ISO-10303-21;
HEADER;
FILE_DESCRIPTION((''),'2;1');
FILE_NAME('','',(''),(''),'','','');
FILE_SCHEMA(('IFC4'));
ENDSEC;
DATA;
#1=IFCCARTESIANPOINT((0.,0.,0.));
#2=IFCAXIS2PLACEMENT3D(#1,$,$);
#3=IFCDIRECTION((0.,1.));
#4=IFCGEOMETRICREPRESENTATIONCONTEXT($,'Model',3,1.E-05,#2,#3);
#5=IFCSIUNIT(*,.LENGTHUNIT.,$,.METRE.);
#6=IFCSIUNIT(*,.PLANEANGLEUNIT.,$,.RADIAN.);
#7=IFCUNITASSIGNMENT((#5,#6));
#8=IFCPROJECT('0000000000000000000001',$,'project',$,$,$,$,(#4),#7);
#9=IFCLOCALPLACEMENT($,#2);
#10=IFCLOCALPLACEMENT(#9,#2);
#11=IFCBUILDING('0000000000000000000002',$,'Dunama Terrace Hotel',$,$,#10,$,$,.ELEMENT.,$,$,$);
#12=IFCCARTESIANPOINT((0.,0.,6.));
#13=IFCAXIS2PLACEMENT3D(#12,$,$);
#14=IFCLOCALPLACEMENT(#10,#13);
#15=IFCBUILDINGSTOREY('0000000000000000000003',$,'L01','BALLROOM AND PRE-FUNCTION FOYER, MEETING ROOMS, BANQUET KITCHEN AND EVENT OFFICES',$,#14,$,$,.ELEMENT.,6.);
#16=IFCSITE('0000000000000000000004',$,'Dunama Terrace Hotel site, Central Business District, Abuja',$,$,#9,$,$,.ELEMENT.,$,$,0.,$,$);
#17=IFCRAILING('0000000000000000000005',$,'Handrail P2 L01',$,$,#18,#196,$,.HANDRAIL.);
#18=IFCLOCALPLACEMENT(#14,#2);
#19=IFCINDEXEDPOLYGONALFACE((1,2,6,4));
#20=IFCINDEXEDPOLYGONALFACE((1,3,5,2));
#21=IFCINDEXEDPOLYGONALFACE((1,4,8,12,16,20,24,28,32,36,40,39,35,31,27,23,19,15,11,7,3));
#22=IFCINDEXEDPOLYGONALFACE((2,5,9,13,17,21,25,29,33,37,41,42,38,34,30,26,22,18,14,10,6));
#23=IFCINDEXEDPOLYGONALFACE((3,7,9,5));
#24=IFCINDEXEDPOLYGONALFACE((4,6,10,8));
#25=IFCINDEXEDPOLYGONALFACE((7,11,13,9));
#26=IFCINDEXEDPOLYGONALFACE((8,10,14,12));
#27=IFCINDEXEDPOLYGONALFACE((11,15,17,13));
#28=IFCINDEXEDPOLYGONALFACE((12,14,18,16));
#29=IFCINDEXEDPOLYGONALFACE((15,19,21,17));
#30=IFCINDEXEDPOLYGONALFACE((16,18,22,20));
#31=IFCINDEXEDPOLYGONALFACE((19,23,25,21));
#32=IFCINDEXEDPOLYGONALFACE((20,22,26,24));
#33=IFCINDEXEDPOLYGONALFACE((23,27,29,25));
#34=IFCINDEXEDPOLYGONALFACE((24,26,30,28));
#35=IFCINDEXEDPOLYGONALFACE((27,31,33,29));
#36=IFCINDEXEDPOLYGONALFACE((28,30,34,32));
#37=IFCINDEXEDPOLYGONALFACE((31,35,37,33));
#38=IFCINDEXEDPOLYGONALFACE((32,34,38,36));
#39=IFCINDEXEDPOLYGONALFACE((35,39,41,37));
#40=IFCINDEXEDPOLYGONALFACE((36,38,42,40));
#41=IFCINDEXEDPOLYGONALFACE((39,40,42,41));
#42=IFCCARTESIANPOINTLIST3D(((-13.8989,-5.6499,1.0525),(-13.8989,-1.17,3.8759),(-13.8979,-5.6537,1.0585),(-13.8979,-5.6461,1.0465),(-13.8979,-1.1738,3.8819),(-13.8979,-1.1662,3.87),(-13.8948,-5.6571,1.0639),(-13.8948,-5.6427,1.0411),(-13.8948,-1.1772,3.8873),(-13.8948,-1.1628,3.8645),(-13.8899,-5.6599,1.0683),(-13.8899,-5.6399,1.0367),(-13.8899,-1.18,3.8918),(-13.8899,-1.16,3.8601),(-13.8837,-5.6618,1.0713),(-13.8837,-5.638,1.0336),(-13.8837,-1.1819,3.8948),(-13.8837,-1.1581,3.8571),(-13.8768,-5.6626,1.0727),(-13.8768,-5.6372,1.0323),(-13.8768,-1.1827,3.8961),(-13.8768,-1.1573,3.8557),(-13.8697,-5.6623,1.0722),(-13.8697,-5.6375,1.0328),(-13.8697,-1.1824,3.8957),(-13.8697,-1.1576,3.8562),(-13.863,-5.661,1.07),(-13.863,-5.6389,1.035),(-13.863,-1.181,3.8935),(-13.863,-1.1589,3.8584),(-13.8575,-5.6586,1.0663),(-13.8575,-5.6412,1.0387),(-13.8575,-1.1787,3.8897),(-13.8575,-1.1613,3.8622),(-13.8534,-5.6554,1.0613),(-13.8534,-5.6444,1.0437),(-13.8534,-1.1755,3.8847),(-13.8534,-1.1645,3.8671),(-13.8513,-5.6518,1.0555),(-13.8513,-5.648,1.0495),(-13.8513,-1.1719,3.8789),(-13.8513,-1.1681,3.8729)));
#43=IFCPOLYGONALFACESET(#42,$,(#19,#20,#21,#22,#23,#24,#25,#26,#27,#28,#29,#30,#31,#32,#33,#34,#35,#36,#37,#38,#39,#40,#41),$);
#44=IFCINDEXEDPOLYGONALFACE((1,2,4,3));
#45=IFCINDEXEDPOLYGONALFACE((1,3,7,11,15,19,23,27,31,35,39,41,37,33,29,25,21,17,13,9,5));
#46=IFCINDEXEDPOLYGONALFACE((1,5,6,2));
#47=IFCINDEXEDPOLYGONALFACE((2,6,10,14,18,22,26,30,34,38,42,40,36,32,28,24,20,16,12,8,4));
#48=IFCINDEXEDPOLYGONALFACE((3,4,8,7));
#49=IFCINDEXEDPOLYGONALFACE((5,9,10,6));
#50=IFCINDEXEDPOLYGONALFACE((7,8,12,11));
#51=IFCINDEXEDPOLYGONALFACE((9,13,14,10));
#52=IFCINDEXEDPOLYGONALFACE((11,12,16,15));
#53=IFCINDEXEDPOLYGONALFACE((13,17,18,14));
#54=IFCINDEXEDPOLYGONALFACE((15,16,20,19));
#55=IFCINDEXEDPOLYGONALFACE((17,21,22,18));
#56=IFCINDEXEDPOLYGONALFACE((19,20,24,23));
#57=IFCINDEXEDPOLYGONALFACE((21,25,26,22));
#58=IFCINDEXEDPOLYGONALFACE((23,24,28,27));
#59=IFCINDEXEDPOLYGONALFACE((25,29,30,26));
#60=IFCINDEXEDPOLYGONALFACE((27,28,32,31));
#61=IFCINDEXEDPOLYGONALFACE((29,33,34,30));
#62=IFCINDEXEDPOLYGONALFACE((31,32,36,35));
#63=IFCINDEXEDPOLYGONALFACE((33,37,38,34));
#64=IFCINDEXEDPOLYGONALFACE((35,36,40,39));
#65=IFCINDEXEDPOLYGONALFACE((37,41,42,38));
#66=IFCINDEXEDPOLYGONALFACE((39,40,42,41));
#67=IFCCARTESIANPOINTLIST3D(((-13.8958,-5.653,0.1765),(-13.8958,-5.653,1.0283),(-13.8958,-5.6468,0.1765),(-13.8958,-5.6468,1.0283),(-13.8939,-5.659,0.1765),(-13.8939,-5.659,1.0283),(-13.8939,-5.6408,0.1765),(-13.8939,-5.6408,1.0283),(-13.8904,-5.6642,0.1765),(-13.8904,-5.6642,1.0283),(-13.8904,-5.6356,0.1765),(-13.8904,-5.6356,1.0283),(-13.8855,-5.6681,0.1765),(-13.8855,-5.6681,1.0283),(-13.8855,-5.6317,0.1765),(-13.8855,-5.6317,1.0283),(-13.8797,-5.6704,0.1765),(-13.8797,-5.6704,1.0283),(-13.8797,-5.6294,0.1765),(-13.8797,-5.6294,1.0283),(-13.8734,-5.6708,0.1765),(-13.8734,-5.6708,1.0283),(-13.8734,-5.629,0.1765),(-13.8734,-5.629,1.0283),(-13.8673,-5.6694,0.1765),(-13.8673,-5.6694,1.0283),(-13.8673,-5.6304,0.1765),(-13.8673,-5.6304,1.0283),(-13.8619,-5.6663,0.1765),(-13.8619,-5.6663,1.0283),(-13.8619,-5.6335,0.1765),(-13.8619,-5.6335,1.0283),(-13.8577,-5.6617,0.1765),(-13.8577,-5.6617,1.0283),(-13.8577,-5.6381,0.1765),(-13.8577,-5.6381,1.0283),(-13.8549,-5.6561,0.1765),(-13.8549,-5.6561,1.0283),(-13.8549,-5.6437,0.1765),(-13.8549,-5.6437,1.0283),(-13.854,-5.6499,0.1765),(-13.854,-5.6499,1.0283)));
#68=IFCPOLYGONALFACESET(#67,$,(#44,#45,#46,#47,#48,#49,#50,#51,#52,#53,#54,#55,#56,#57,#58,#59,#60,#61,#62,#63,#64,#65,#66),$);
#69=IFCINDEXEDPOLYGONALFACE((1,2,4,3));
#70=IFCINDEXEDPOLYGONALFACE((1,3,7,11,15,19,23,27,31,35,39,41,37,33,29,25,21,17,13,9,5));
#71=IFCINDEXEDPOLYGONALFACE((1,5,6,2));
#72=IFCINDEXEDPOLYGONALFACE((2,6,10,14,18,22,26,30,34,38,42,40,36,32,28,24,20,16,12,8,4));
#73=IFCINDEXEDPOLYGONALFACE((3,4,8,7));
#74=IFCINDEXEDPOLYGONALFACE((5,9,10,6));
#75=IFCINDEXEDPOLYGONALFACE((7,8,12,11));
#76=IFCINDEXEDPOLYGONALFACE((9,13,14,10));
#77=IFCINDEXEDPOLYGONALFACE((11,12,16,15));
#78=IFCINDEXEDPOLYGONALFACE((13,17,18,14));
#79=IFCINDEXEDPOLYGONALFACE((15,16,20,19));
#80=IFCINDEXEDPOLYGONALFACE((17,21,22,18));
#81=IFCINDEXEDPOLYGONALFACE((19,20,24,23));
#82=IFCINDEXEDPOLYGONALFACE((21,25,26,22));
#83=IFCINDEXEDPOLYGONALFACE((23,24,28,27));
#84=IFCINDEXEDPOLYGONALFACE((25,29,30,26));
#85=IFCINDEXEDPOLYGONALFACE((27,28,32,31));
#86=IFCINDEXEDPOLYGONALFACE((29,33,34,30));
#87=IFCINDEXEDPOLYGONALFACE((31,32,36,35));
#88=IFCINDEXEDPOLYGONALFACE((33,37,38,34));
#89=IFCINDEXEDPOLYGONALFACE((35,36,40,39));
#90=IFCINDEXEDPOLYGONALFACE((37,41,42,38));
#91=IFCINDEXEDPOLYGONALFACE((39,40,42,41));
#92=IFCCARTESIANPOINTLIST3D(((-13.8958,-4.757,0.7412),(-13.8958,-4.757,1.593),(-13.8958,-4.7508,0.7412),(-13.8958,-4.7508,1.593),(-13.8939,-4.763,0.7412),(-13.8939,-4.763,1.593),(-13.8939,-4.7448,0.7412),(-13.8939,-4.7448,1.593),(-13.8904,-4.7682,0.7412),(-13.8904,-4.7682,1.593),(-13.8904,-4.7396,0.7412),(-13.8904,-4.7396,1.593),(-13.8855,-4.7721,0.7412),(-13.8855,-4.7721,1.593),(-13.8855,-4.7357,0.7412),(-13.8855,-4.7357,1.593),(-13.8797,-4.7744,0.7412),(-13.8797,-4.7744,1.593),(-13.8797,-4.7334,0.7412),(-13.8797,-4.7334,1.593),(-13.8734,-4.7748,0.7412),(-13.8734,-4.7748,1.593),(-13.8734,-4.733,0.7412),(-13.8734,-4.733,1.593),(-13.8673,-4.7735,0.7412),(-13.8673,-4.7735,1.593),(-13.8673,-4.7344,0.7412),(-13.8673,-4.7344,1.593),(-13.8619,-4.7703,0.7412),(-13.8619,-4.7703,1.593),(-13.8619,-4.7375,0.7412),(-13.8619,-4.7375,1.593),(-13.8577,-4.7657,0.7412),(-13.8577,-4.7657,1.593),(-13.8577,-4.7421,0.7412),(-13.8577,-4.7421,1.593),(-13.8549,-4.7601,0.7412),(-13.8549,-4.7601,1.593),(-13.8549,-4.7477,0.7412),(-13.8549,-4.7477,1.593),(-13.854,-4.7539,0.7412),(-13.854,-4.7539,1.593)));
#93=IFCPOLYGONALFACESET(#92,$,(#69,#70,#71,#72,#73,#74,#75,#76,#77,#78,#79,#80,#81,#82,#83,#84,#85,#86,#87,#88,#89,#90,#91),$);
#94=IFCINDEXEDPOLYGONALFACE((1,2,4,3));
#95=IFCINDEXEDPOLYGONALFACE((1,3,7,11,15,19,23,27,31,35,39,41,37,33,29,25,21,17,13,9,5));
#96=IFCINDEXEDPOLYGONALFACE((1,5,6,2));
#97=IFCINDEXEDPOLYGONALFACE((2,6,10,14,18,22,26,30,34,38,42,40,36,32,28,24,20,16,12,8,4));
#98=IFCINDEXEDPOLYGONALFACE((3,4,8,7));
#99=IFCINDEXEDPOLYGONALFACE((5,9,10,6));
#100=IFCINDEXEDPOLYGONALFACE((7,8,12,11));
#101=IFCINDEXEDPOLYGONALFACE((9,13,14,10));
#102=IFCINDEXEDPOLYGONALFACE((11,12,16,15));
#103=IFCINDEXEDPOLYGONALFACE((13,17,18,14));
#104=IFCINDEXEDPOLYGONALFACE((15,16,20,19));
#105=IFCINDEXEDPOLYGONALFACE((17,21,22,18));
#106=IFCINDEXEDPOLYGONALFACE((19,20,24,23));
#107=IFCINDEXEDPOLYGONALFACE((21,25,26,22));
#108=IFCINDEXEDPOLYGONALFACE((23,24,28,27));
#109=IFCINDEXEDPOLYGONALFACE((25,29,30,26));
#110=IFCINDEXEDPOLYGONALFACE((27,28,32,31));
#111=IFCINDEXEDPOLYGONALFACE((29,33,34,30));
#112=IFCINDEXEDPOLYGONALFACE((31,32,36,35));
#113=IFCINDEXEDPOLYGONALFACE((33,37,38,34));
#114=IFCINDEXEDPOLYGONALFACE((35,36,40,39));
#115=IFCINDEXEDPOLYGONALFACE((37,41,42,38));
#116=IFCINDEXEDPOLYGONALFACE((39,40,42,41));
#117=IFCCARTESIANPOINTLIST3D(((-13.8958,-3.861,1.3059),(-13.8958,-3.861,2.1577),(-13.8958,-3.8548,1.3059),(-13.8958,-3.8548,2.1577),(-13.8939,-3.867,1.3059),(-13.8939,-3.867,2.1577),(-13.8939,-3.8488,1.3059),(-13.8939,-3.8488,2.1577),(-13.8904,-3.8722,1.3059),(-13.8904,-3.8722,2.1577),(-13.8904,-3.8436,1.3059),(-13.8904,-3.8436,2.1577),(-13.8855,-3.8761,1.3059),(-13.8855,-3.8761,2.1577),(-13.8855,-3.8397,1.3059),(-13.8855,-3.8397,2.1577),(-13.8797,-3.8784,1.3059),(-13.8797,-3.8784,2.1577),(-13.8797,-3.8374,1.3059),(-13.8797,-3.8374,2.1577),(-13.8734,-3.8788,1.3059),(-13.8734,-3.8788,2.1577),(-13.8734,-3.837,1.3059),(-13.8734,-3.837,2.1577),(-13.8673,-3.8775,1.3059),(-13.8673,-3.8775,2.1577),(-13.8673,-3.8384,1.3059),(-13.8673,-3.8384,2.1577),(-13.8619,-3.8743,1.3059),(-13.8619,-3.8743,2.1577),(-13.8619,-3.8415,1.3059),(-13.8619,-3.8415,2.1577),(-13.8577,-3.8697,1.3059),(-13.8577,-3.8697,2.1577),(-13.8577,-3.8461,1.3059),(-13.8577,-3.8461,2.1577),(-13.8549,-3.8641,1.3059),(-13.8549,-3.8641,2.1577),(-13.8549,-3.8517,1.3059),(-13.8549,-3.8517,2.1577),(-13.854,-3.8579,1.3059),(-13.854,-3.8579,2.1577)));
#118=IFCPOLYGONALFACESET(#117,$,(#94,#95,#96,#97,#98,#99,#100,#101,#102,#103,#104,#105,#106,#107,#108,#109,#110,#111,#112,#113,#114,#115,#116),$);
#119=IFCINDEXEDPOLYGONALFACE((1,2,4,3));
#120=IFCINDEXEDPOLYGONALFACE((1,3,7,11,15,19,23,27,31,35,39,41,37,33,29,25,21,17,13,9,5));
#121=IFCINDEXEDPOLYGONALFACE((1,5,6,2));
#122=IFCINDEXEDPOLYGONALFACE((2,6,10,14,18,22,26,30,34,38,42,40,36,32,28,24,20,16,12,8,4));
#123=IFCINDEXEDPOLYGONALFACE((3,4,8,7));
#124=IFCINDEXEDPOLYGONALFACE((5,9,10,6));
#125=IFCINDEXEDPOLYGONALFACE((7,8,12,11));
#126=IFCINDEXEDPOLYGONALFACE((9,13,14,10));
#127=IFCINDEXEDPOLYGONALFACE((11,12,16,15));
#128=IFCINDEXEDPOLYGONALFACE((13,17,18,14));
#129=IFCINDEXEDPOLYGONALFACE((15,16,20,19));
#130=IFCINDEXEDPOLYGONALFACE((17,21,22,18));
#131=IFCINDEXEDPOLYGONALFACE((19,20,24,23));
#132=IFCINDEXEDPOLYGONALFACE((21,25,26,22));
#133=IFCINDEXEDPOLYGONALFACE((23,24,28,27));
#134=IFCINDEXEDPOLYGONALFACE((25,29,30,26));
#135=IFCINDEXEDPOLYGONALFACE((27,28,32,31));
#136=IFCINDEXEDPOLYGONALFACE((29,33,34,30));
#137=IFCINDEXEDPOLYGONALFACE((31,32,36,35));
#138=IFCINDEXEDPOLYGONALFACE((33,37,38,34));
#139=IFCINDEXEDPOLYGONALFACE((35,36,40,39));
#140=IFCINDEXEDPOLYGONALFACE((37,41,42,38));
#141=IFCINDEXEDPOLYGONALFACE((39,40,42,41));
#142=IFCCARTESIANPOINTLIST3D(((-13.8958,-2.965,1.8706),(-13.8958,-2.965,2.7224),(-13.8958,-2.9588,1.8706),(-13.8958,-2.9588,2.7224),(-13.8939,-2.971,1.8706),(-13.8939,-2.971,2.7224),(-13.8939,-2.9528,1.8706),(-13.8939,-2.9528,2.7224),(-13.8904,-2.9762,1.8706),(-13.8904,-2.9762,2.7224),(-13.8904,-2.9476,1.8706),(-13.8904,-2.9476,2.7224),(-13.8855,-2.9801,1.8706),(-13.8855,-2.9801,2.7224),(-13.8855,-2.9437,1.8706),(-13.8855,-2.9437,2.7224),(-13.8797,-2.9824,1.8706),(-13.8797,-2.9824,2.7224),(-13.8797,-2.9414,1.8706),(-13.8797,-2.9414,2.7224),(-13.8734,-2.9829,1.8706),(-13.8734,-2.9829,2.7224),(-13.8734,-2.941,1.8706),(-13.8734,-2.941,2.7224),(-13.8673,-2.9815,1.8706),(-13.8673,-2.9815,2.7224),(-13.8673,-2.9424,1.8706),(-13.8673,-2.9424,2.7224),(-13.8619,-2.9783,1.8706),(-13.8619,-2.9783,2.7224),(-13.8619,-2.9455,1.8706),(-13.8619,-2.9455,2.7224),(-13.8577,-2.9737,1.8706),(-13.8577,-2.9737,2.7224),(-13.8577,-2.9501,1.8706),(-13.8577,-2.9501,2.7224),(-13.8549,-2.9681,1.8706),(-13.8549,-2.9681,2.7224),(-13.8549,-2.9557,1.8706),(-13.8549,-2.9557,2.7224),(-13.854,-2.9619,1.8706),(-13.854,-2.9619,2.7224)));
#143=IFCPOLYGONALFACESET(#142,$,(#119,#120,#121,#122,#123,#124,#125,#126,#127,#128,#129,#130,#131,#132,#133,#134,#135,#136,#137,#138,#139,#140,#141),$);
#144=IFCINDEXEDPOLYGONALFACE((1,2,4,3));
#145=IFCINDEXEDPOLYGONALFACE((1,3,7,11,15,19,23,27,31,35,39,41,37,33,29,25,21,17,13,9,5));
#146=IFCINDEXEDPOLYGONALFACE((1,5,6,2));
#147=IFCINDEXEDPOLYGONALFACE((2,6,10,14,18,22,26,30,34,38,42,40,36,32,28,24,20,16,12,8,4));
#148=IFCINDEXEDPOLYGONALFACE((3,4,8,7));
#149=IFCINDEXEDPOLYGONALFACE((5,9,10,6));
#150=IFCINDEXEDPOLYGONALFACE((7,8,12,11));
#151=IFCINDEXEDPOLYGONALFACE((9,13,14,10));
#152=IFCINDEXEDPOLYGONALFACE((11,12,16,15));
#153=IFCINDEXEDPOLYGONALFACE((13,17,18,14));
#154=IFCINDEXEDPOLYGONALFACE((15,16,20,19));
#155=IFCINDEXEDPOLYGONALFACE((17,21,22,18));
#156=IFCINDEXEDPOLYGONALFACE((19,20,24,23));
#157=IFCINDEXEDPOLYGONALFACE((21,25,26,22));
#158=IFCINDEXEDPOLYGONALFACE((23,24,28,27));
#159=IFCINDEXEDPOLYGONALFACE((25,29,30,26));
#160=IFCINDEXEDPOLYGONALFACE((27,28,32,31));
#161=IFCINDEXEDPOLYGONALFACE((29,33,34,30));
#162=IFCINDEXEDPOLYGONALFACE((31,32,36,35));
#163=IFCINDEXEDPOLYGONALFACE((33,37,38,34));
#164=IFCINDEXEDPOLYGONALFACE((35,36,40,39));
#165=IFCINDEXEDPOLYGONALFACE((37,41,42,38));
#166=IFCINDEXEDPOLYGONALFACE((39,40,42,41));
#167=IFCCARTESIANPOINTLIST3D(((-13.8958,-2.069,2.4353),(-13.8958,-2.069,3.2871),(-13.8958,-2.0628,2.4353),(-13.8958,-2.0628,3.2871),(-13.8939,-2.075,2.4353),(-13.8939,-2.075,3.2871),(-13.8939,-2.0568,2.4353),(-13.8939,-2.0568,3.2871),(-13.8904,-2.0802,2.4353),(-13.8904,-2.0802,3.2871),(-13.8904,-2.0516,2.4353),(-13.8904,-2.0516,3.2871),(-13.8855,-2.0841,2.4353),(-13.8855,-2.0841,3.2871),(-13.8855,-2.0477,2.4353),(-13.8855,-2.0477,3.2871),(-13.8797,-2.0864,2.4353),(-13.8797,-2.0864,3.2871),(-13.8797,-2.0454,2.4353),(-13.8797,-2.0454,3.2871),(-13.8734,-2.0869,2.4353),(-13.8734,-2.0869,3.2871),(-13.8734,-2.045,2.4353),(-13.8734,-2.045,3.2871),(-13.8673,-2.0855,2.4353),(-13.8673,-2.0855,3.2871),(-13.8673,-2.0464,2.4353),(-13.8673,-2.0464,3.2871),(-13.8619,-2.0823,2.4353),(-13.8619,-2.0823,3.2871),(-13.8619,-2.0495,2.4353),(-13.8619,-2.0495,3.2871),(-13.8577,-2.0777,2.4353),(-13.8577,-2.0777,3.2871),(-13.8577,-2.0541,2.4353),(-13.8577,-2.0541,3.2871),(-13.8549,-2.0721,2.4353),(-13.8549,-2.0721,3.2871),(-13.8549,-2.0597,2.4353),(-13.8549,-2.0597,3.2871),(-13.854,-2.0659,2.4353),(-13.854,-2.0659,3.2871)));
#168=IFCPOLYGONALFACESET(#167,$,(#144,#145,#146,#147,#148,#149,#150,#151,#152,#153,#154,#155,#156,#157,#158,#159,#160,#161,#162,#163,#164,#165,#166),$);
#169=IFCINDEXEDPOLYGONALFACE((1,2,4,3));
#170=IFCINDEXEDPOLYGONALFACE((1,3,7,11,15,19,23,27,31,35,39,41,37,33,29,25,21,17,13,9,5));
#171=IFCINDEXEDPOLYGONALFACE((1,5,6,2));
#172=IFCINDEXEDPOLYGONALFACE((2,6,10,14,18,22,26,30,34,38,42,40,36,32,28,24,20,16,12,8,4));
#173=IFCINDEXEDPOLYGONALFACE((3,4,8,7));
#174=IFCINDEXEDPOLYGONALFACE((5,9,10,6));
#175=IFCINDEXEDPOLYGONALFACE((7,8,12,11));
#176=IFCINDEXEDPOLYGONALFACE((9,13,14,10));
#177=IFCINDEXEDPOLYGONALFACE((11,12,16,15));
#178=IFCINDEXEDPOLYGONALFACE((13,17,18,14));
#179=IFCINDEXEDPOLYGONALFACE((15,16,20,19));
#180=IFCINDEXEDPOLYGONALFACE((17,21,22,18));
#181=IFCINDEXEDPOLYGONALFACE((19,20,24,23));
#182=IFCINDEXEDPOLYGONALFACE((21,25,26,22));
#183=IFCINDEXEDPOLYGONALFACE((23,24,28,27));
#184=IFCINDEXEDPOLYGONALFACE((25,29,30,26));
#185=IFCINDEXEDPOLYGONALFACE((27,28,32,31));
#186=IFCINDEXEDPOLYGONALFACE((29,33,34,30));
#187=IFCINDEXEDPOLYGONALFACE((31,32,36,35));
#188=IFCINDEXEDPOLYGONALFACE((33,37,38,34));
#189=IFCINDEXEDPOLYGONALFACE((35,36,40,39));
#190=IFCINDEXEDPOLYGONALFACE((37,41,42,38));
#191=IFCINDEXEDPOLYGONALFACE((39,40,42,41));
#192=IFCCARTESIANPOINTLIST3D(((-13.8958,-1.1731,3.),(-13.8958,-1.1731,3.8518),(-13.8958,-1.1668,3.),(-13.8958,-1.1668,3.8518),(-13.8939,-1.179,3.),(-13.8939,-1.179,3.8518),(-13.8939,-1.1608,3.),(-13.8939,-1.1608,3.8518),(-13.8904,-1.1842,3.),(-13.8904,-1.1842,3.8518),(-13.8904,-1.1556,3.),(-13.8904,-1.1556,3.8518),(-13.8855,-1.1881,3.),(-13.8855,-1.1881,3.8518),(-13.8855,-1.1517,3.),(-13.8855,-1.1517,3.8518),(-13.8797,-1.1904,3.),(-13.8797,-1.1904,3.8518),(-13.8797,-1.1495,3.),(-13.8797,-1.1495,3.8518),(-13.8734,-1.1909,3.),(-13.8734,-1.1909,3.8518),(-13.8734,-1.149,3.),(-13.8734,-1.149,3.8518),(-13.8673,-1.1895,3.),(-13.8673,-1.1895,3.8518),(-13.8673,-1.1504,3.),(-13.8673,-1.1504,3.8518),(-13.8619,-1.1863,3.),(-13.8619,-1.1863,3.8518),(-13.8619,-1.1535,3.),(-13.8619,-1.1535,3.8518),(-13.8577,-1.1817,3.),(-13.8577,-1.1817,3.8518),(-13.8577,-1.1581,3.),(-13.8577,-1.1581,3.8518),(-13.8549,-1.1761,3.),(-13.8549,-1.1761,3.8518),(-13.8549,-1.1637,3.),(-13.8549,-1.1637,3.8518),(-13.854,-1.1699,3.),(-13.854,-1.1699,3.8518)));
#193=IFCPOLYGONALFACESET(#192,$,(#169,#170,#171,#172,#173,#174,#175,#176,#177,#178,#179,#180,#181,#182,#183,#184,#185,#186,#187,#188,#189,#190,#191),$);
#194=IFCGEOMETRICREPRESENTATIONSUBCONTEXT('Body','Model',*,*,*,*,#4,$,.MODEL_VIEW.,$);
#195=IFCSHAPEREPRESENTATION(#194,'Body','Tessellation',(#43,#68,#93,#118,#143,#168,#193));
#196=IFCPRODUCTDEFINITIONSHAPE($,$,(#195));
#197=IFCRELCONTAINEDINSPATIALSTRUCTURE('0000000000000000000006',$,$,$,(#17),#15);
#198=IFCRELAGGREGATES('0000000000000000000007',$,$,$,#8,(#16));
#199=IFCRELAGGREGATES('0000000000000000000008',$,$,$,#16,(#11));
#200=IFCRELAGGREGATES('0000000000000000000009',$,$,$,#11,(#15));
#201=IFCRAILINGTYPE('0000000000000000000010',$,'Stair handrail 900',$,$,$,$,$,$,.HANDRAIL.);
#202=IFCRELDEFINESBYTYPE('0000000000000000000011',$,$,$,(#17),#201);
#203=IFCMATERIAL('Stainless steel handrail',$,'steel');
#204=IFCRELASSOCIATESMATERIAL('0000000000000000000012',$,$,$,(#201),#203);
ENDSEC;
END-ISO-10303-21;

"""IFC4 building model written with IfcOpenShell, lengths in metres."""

from ifc_helpers import new_model, si_unit, direction, frame, origin, origin_2d, place, context, subcontext, project, spatial, circle, extrude, material, type_object, element, save


model = new_model("IFC4")

# Units and contexts
model_context = context("Model", 3, precision=1e-05, world=origin(), true_north=direction((0.0, 1.0)))
body_context = subcontext(model_context, "Body", "Model", "MODEL_VIEW")
ifc_project = project(units=[si_unit("LENGTHUNIT", "METRE"), si_unit("PLANEANGLEUNIT", "RADIAN")], contexts=[model_context])

# Site, building, storey
site_placement = place(None, origin())
site = spatial("IfcSite", under=ifc_project, at=site_placement, Name="Dunama Terrace Hotel site, Central Business District, Abuja", CompositionType="ELEMENT", RefElevation=0.0)
building_placement = place(site_placement, origin())
building = spatial("IfcBuilding", under=site, at=building_placement, Name="Dunama Terrace Hotel", CompositionType="ELEMENT")
storey_placement = place(building_placement, frame((0.0, 0.0, 6.0)))
storey = spatial("IfcBuildingStorey", under=building, at=storey_placement, Name="L01", Description="BALLROOM AND PRE-FUNCTION FOYER, MEETING ROOMS, BANQUET KITCHEN AND EVENT OFFICES", CompositionType="ELEMENT", Elevation=6.0)

# Railing
ifc_material_1 = material(Name="Stainless steel handrail", Category="steel")
railing_type = type_object("IfcRailingType", Name="Stair handrail 900", PredefinedType="HANDRAIL", material=ifc_material_1)
railing_placement = place(storey_placement, frame((-13.875, -5.6499, 0.1765)))
element("IfcRailing", 1, at=railing_placement, inside=storey, type_object=railing_type, Name="Handrail P2 L01", PredefinedType="HANDRAIL", context=body_context, shape_type="SweptSolid", body=[
    extrude(circle(Radius=0.0239, at=origin_2d()), frame((0.0, 0.0, 0.876), z_axis=(0.0, 0.845998, 0.533186), x_axis=(-1.0, 0.0, 0.0)), (0.0, 0.0, 1.0), 5.2954),
    extrude(circle(Radius=0.021, at=origin_2d()), origin(), (0.0, 0.0, 1.0), 0.8518),
    extrude(circle(Radius=0.021, at=origin_2d()), frame((0.0, 0.896, 0.5647)), (0.0, 0.0, 1.0), 0.8518),
    extrude(circle(Radius=0.021, at=origin_2d()), frame((0.0, 1.792, 1.1294)), (0.0, 0.0, 1.0), 0.8518),
    extrude(circle(Radius=0.021, at=origin_2d()), frame((0.0, 2.688, 1.6941)), (0.0, 0.0, 1.0), 0.8518),
    extrude(circle(Radius=0.021, at=origin_2d()), frame((0.0, 3.584, 2.2588)), (0.0, 0.0, 1.0), 0.8518),
    extrude(circle(Radius=0.021, at=origin_2d()), frame((0.0, 4.48, 2.8235)), (0.0, 0.0, 1.0), 0.8518),
])

save(model, "model.ifc")
